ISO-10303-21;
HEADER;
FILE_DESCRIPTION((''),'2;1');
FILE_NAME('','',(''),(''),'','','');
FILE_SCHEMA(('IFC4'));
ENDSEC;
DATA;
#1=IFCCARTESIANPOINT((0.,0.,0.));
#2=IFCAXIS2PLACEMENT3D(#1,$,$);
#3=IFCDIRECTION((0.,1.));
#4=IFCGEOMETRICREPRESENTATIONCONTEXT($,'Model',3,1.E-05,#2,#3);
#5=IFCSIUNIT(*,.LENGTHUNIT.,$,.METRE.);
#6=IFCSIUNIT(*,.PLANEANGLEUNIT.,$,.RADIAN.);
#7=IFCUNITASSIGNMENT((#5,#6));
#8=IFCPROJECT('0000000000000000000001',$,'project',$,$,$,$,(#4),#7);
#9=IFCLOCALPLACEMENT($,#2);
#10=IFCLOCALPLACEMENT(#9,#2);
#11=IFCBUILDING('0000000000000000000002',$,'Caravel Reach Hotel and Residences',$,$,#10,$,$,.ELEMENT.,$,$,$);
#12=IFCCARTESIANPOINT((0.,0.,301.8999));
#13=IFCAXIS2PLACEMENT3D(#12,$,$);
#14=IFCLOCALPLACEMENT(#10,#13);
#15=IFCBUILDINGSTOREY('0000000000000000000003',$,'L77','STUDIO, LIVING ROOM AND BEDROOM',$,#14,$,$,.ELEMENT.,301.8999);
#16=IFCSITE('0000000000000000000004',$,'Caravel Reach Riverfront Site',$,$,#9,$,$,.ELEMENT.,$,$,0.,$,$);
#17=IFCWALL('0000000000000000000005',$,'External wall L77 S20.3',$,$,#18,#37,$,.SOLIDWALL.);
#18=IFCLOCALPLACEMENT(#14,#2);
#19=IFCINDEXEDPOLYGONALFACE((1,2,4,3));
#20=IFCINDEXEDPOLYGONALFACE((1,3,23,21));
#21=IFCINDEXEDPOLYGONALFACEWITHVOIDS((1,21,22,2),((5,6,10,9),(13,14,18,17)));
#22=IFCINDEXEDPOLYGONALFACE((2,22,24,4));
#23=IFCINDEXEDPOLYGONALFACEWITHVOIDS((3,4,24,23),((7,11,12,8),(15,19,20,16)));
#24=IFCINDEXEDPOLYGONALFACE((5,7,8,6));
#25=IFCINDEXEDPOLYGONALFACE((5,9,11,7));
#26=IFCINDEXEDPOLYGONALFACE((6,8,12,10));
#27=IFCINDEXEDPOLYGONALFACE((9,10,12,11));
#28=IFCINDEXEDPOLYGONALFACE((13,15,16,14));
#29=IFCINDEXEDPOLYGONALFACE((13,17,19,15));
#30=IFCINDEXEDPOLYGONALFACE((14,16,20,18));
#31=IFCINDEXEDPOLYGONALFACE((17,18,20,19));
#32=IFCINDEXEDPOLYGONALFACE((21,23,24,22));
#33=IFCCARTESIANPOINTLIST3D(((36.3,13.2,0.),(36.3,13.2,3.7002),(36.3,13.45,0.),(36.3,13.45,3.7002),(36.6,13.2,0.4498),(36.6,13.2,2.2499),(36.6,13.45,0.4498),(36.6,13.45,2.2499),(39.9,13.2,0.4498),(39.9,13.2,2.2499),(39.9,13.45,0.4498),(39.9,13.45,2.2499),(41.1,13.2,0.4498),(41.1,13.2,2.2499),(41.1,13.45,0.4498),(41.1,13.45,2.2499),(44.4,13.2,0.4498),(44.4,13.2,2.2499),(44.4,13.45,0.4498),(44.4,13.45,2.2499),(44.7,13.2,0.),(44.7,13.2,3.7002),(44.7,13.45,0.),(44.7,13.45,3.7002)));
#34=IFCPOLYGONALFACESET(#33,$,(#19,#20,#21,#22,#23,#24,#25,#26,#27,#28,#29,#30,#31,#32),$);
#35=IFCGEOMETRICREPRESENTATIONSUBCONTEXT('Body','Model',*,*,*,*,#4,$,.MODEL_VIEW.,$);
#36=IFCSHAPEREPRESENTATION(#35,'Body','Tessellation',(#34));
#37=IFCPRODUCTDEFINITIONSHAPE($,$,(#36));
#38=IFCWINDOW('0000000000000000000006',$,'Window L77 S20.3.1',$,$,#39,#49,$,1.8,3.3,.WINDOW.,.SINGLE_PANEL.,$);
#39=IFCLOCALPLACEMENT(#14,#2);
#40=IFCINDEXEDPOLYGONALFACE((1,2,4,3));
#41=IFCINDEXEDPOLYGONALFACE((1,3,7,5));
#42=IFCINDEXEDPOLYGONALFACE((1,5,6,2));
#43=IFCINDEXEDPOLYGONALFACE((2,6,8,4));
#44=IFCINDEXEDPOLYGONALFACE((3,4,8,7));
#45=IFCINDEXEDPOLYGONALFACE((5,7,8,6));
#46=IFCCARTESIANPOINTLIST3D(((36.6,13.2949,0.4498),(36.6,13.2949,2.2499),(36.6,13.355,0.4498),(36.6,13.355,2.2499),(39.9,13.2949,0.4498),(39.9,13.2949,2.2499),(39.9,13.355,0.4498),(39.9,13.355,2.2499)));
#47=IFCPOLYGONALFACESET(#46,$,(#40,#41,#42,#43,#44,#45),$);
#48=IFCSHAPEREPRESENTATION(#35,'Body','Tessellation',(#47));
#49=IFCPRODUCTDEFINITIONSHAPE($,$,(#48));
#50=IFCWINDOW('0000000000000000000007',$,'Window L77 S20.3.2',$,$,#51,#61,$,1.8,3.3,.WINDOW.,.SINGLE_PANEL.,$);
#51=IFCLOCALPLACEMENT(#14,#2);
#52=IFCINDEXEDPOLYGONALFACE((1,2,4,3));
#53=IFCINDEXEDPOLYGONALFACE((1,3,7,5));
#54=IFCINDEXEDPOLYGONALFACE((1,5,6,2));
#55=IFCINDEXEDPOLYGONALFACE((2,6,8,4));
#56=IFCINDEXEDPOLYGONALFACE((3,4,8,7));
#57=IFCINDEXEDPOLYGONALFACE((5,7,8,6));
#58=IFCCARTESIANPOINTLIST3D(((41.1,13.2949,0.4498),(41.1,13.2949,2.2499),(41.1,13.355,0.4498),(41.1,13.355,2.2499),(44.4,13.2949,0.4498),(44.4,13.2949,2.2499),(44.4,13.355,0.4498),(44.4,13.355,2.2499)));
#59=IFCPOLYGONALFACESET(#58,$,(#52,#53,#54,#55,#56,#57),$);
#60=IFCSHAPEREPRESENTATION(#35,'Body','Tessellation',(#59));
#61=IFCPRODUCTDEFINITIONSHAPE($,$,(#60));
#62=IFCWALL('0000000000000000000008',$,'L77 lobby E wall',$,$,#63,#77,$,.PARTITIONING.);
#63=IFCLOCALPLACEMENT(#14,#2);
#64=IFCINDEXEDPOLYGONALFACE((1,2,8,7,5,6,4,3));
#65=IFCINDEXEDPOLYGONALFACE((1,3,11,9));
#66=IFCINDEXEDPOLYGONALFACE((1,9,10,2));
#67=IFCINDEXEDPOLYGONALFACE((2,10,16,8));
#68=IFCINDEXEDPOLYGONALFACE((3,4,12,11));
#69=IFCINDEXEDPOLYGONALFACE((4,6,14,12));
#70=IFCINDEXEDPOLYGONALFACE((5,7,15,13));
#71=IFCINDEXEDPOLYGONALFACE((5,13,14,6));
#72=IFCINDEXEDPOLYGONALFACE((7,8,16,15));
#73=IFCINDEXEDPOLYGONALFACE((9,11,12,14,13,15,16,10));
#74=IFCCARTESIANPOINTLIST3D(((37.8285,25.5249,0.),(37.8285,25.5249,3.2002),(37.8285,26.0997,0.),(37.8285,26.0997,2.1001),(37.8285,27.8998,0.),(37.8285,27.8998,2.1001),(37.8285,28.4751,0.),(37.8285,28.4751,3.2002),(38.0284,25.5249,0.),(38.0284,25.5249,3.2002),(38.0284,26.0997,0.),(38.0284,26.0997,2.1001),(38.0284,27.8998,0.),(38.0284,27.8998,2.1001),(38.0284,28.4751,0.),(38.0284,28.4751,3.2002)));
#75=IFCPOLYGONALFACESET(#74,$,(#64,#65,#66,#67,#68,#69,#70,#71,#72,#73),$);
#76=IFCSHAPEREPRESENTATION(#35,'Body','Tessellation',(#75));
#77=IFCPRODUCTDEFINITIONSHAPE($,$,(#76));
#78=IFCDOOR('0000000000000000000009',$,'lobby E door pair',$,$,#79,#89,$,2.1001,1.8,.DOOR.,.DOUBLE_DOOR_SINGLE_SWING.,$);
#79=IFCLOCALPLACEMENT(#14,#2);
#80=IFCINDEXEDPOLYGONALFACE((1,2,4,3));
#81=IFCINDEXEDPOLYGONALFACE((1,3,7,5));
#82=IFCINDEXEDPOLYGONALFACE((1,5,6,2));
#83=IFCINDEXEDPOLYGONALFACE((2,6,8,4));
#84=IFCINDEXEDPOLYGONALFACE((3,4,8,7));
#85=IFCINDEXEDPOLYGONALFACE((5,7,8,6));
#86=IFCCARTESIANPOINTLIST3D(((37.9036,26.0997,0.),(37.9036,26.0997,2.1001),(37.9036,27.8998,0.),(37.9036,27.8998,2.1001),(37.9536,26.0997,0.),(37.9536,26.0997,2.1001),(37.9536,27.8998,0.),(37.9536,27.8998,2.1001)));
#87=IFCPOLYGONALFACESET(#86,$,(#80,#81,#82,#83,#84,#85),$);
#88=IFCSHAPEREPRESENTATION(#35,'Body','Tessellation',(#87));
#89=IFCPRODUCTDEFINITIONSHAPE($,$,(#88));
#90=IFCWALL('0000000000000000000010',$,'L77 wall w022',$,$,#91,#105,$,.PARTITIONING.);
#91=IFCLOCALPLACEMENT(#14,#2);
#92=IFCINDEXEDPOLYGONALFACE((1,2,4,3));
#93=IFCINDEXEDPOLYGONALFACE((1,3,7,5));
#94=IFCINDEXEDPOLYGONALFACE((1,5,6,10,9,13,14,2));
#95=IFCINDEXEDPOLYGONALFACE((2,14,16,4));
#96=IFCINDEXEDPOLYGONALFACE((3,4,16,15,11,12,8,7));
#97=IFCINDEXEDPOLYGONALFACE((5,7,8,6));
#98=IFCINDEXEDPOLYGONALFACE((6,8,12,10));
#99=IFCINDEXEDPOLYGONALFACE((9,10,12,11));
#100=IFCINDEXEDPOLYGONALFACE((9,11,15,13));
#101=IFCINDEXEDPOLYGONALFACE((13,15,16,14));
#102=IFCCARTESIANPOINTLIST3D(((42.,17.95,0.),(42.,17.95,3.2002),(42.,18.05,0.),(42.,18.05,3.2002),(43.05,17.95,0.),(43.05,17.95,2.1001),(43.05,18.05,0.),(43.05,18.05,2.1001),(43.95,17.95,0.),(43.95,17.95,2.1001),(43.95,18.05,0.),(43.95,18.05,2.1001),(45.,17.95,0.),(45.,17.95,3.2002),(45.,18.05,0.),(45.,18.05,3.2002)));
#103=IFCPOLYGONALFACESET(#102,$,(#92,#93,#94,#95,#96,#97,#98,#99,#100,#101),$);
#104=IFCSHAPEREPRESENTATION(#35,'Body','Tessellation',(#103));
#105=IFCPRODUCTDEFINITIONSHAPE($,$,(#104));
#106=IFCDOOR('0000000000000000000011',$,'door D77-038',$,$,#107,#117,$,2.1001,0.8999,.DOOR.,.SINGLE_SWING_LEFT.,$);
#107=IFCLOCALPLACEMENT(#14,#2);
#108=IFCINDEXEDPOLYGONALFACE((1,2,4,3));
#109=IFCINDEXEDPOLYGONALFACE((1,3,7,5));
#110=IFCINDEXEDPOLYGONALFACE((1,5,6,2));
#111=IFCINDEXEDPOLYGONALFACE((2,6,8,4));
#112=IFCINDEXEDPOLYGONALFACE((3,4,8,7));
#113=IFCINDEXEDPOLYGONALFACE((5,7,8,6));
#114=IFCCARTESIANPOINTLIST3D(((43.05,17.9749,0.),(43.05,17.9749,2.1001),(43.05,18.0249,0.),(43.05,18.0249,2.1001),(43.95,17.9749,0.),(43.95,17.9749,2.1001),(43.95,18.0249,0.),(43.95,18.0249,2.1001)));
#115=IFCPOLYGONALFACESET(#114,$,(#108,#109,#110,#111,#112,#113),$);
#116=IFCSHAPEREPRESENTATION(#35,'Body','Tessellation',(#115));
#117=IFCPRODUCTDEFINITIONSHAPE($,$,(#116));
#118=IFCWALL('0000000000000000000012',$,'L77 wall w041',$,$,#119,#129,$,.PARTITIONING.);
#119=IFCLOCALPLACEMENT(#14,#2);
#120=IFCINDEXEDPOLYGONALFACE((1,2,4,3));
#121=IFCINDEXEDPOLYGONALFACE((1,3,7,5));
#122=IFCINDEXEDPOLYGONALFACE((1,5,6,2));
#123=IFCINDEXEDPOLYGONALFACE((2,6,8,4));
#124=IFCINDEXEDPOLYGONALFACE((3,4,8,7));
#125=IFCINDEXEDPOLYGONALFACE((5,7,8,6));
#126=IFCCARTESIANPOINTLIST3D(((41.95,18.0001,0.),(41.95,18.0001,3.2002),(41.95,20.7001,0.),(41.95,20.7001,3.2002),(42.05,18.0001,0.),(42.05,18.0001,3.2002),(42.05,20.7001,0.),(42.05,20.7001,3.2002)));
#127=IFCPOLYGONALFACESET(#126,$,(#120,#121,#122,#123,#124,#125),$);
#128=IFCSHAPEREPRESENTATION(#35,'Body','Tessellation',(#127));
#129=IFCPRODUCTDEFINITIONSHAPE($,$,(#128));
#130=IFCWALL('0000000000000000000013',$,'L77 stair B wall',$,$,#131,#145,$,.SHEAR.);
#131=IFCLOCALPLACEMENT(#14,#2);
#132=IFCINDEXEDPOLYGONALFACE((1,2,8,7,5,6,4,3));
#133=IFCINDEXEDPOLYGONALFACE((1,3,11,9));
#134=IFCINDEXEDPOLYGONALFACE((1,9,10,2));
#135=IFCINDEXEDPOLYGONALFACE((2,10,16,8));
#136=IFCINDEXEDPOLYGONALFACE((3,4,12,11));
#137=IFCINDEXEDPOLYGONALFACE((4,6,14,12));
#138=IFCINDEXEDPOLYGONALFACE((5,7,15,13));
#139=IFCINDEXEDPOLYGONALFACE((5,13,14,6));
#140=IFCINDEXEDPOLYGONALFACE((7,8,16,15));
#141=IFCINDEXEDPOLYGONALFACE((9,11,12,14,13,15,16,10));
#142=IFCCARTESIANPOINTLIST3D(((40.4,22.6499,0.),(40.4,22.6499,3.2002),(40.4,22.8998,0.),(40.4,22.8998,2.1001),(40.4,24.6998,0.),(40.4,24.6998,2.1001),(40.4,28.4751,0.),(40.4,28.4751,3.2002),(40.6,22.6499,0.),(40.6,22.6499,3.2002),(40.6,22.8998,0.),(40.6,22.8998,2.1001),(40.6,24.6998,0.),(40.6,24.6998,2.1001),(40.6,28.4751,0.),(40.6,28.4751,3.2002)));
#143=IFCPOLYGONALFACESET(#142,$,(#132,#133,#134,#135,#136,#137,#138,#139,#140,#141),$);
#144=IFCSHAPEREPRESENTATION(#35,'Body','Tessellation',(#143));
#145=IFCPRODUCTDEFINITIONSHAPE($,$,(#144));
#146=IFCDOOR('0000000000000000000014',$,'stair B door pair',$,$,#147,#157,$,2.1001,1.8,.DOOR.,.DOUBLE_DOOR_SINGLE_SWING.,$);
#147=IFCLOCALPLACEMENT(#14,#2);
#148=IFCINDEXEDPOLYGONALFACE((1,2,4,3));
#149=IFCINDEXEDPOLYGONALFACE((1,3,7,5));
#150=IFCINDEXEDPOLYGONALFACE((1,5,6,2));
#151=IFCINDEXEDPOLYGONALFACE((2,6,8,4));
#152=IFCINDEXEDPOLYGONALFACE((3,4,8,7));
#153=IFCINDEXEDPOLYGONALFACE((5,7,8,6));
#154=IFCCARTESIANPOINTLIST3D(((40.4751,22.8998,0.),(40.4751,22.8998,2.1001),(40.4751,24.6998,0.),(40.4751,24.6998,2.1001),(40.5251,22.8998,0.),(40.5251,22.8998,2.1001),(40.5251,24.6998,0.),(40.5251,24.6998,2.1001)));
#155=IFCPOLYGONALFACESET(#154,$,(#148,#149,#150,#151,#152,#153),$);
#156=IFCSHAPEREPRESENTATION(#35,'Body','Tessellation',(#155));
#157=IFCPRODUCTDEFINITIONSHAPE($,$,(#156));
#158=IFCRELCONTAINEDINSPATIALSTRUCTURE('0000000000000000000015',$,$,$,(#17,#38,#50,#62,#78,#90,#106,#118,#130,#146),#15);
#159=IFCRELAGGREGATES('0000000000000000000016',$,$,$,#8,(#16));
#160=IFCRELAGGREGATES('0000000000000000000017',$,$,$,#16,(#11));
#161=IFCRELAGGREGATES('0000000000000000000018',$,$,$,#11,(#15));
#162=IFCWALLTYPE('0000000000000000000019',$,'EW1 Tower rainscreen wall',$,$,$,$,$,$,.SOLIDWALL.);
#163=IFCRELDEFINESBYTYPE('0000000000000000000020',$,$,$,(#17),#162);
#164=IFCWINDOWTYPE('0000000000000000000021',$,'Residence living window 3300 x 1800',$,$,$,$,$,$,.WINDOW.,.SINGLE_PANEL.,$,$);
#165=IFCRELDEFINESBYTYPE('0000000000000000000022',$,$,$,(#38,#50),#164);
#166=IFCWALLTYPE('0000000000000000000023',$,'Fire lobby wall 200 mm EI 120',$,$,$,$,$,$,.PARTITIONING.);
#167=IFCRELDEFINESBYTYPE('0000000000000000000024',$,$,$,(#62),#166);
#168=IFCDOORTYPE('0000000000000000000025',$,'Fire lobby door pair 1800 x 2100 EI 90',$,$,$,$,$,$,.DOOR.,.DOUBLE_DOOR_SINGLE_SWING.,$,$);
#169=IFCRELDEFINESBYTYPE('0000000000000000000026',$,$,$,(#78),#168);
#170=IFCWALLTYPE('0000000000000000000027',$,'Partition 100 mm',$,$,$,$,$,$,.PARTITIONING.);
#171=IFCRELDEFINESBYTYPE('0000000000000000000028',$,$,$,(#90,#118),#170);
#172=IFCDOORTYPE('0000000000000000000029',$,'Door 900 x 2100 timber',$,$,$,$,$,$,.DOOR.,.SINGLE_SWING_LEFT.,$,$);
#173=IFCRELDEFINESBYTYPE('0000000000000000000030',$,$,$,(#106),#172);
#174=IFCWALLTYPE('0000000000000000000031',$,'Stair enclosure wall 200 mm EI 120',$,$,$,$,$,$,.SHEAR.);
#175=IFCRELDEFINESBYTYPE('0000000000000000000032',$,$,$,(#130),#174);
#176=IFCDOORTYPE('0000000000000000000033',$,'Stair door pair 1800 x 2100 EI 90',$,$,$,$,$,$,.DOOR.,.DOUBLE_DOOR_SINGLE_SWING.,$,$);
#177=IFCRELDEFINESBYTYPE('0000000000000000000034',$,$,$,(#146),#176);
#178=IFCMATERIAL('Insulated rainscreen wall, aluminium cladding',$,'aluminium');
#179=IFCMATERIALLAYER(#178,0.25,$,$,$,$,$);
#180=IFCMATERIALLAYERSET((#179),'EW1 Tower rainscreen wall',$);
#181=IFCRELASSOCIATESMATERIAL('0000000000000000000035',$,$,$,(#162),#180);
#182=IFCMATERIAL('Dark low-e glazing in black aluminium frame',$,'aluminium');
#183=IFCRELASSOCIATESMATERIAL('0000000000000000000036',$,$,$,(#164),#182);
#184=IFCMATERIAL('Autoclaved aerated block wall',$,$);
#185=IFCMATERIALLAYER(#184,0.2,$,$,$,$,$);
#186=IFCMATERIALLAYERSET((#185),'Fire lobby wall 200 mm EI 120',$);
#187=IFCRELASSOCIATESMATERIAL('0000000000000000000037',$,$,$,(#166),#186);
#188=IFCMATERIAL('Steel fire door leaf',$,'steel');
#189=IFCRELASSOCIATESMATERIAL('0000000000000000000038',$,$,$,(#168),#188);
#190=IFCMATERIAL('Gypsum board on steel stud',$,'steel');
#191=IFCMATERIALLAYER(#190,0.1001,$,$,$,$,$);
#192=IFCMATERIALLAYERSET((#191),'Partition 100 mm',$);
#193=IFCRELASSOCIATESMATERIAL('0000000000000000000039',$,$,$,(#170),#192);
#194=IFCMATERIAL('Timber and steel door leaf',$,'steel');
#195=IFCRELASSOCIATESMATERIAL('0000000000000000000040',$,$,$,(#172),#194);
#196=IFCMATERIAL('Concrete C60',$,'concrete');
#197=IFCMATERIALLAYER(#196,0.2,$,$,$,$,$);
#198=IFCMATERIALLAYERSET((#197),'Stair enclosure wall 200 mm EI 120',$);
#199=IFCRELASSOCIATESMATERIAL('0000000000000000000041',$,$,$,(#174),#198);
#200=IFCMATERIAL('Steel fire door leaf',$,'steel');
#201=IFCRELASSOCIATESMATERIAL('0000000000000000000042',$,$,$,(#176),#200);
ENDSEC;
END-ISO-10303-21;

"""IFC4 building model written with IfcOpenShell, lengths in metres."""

from ifc_helpers import new_model, si_unit, direction, frame, frame_2d, origin, place, context, subcontext, project, spatial, rectangle, extrude, material, layer, layer_set, type_object, element, fill, save


model = new_model("IFC4")

# Units and contexts
model_context = context("Model", 3, precision=1e-05, world=origin(), true_north=direction((0.0, 1.0)))
body_context = subcontext(model_context, "Body", "Model", "MODEL_VIEW")
ifc_project = project(units=[si_unit("LENGTHUNIT", "METRE"), si_unit("PLANEANGLEUNIT", "RADIAN")], contexts=[model_context])

# Site, building, storey
site_placement = place(None, origin())
site = spatial("IfcSite", under=ifc_project, at=site_placement, Name="Caravel Reach Riverfront Site", CompositionType="ELEMENT", RefElevation=0.0)
building_placement = place(site_placement, origin())
building = spatial("IfcBuilding", under=site, at=building_placement, Name="Caravel Reach Hotel and Residences", CompositionType="ELEMENT")
storey_placement = place(building_placement, frame((0.0, 0.0, 301.8999)))
storey = spatial("IfcBuildingStorey", under=building, at=storey_placement, Name="L77", Description="STUDIO, LIVING ROOM AND BEDROOM", CompositionType="ELEMENT", Elevation=301.8999)

# Wall, openings, windows
ifc_material_1 = material(Name="Insulated rainscreen wall, aluminium cladding", Category="aluminium")
ifc_layer_1 = layer(ifc_material_1, 0.25)
ifc_layer_set_1 = layer_set([ifc_layer_1], Name="EW1 Tower rainscreen wall")
wall_type_1 = type_object("IfcWallType", Name="EW1 Tower rainscreen wall", PredefinedType="SOLIDWALL", material=ifc_layer_set_1)
wall_1_placement = place(storey_placement, frame((36.3, 13.325, 0.0), z_axis=(0.0, 0.0, 1.0), x_axis=(1.0, 0.0, 0.0)))
wall_1 = element("IfcWall", 1, at=wall_1_placement, inside=storey, type_object=wall_type_1, Name="External wall L77 S20.3", PredefinedType="SOLIDWALL", context=body_context, shape_type="SweptSolid", body=[
    extrude(rectangle(XDim=8.3999, YDim=0.25, at=frame_2d((4.2, 0.0))), origin(), (0.0, 0.0, 1.0), 3.7002),
])
opening_1_placement = place(wall_1_placement, frame((0.3, 0.0, 0.45)))
opening_1 = element("IfcOpeningElement", 2, at=opening_1_placement, cuts=wall_1, PredefinedType="OPENING", context=body_context, shape_type="SweptSolid", body=[
    extrude(rectangle(XDim=3.3, YDim=1.8, at=frame_2d((1.6499, 0.8999))), frame((0.0, 0.135, 0.0), z_axis=(0.0, -1.0, 0.0), x_axis=(1.0, 0.0, 0.0)), (0.0, 0.0, 1.0), 0.27),
])
opening_2_placement = place(wall_1_placement, frame((4.8, 0.0, 0.45)))
opening_2 = element("IfcOpeningElement", 3, at=opening_2_placement, cuts=wall_1, PredefinedType="OPENING", context=body_context, shape_type="SweptSolid", body=[
    extrude(rectangle(XDim=3.3, YDim=1.8, at=frame_2d((1.6499, 0.8999))), frame((0.0, 0.135, 0.0), z_axis=(0.0, -1.0, 0.0), x_axis=(1.0, 0.0, 0.0)), (0.0, 0.0, 1.0), 0.27),
])
ifc_material_2 = material(Name="Dark low-e glazing in black aluminium frame", Category="aluminium")
window_type = type_object("IfcWindowType", Name="Residence living window 3300 x 1800", PartitioningType="SINGLE_PANEL", PredefinedType="WINDOW", material=ifc_material_2)
window_1_placement = place(opening_1_placement, origin())
window_1 = element("IfcWindow", 4, at=window_1_placement, inside=storey, type_object=window_type, Name="Window L77 S20.3.1", OverallHeight=1.8, OverallWidth=3.3, PartitioningType="SINGLE_PANEL", PredefinedType="WINDOW", context=body_context, shape_type="SweptSolid", body=[
    extrude(rectangle(XDim=3.3, YDim=1.8, at=frame_2d((1.6499, 0.8999))), frame((0.0, 0.03, 0.0), z_axis=(0.0, -1.0, 0.0), x_axis=(1.0, 0.0, 0.0)), (0.0, 0.0, 1.0), 0.0601),
])
fill(opening_1, window_1)
window_2_placement = place(opening_2_placement, origin())
window_2 = element("IfcWindow", 5, at=window_2_placement, inside=storey, type_object=window_type, Name="Window L77 S20.3.2", OverallHeight=1.8, OverallWidth=3.3, PartitioningType="SINGLE_PANEL", PredefinedType="WINDOW", context=body_context, shape_type="SweptSolid", body=[
    extrude(rectangle(XDim=3.3, YDim=1.8, at=frame_2d((1.6499, 0.8999))), frame((0.0, 0.03, 0.0), z_axis=(0.0, -1.0, 0.0), x_axis=(1.0, 0.0, 0.0)), (0.0, 0.0, 1.0), 0.0601),
])
fill(opening_2, window_2)

# Walls, openings, doors
ifc_material_3 = material(Name="Autoclaved aerated block wall")
ifc_layer_2 = layer(ifc_material_3, 0.2)
ifc_layer_set_2 = layer_set([ifc_layer_2], Name="Fire lobby wall 200 mm EI 120")
wall_type_2 = type_object("IfcWallType", Name="Fire lobby wall 200 mm EI 120", PredefinedType="PARTITIONING", material=ifc_layer_set_2)
wall_2_placement = place(storey_placement, frame((37.9285, 25.5249, 0.0), z_axis=(0.0, 0.0, 1.0), x_axis=(0.0, 1.0, 0.0)))
wall_2 = element("IfcWall", 6, at=wall_2_placement, inside=storey, type_object=wall_type_2, Name="L77 lobby E wall", PredefinedType="PARTITIONING", context=body_context, shape_type="SweptSolid", body=[
    extrude(rectangle(XDim=2.9502, YDim=0.2, at=frame_2d((1.4751, 0.0))), origin(), (0.0, 0.0, 1.0), 3.2002),
])
opening_3_placement = place(wall_2_placement, frame((0.575, 0.0, 0.0)))
opening_3 = element("IfcOpeningElement", 7, at=opening_3_placement, cuts=wall_2, PredefinedType="OPENING", context=body_context, shape_type="SweptSolid", body=[
    extrude(rectangle(XDim=1.8, YDim=2.1001, at=frame_2d((0.8999, 1.05))), frame((0.0, 0.1099, 0.0), z_axis=(0.0, -1.0, 0.0), x_axis=(1.0, 0.0, 0.0)), (0.0, 0.0, 1.0), 0.22),
])
ifc_material_4 = material(Name="Steel fire door leaf", Category="steel")
door_type_1 = type_object("IfcDoorType", Name="Fire lobby door pair 1800 x 2100 EI 90", OperationType="DOUBLE_DOOR_SINGLE_SWING", PredefinedType="DOOR", material=ifc_material_4)
door_1_placement = place(opening_3_placement, origin())
door_1 = element("IfcDoor", 8, at=door_1_placement, inside=storey, type_object=door_type_1, Name="lobby E door pair", OperationType="DOUBLE_DOOR_SINGLE_SWING", OverallHeight=2.1001, OverallWidth=1.8, PredefinedType="DOOR", context=body_context, shape_type="SweptSolid", body=[
    extrude(rectangle(XDim=1.8, YDim=2.1001, at=frame_2d((0.8999, 1.05))), frame((0.0, 0.0249, 0.0), z_axis=(0.0, -1.0, 0.0), x_axis=(1.0, 0.0, 0.0)), (0.0, 0.0, 1.0), 0.05),
])
fill(opening_3, door_1)
ifc_material_5 = material(Name="Gypsum board on steel stud", Category="steel")
ifc_layer_3 = layer(ifc_material_5, 0.1001)
ifc_layer_set_3 = layer_set([ifc_layer_3], Name="Partition 100 mm")
wall_type_3 = type_object("IfcWallType", Name="Partition 100 mm", PredefinedType="PARTITIONING", material=ifc_layer_set_3)
wall_3_placement = place(storey_placement, frame((42.0, 18.0, 0.0), z_axis=(0.0, 0.0, 1.0), x_axis=(1.0, 0.0, 0.0)))
wall_3 = element("IfcWall", 9, at=wall_3_placement, inside=storey, type_object=wall_type_3, Name="L77 wall w022", PredefinedType="PARTITIONING", context=body_context, shape_type="SweptSolid", body=[
    extrude(rectangle(XDim=3.0, YDim=0.1001, at=frame_2d((1.5, 0.0))), origin(), (0.0, 0.0, 1.0), 3.2002),
])
opening_4_placement = place(wall_3_placement, frame((1.05, 0.0, 0.0)))
opening_4 = element("IfcOpeningElement", 10, at=opening_4_placement, cuts=wall_3, PredefinedType="OPENING", context=body_context, shape_type="SweptSolid", body=[
    extrude(rectangle(XDim=0.8999, YDim=2.1001, at=frame_2d((0.45, 1.05))), frame((0.0, 0.0601, 0.0), z_axis=(0.0, -1.0, 0.0), x_axis=(1.0, 0.0, 0.0)), (0.0, 0.0, 1.0), 0.1201),
])
ifc_material_6 = material(Name="Timber and steel door leaf", Category="steel")
door_type_2 = type_object("IfcDoorType", Name="Door 900 x 2100 timber", OperationType="SINGLE_SWING_LEFT", PredefinedType="DOOR", material=ifc_material_6)
door_2_placement = place(opening_4_placement, origin())
door_2 = element("IfcDoor", 11, at=door_2_placement, inside=storey, type_object=door_type_2, Name="door D77-038", OperationType="SINGLE_SWING_LEFT", OverallHeight=2.1001, OverallWidth=0.8999, PredefinedType="DOOR", context=body_context, shape_type="SweptSolid", body=[
    extrude(rectangle(XDim=0.8999, YDim=2.1001, at=frame_2d((0.45, 1.05))), frame((0.0, 0.0249, 0.0), z_axis=(0.0, -1.0, 0.0), x_axis=(1.0, 0.0, 0.0)), (0.0, 0.0, 1.0), 0.05),
])
fill(opening_4, door_2)

# Wall
wall_4_placement = place(storey_placement, frame((42.0, 18.0, 0.0), z_axis=(0.0, 0.0, 1.0), x_axis=(0.0, 1.0, 0.0)))
element("IfcWall", 12, at=wall_4_placement, inside=storey, type_object=wall_type_3, Name="L77 wall w041", PredefinedType="PARTITIONING", context=body_context, shape_type="SweptSolid", body=[
    extrude(rectangle(XDim=2.7, YDim=0.1001, at=frame_2d((1.3501, 0.0))), origin(), (0.0, 0.0, 1.0), 3.2002),
])

# Wall, opening, door
ifc_material_7 = material(Name="Concrete C60", Category="concrete")
ifc_layer_4 = layer(ifc_material_7, 0.2)
ifc_layer_set_4 = layer_set([ifc_layer_4], Name="Stair enclosure wall 200 mm EI 120")
wall_type_4 = type_object("IfcWallType", Name="Stair enclosure wall 200 mm EI 120", PredefinedType="SHEAR", material=ifc_layer_set_4)
wall_5_placement = place(storey_placement, frame((40.5, 22.6499, 0.0), z_axis=(0.0, 0.0, 1.0), x_axis=(0.0, 1.0, 0.0)))
wall_5 = element("IfcWall", 13, at=wall_5_placement, inside=storey, type_object=wall_type_4, Name="L77 stair B wall", PredefinedType="SHEAR", context=body_context, shape_type="SweptSolid", body=[
    extrude(rectangle(XDim=5.8252, YDim=0.2, at=frame_2d((2.9126, 0.0))), origin(), (0.0, 0.0, 1.0), 3.2002),
])
opening_5_placement = place(wall_5_placement, frame((0.25, 0.0, 0.0)))
opening_5 = element("IfcOpeningElement", 14, at=opening_5_placement, cuts=wall_5, PredefinedType="OPENING", context=body_context, shape_type="SweptSolid", body=[
    extrude(rectangle(XDim=1.8, YDim=2.1001, at=frame_2d((0.8999, 1.05))), frame((0.0, 0.1099, 0.0), z_axis=(0.0, -1.0, 0.0), x_axis=(1.0, 0.0, 0.0)), (0.0, 0.0, 1.0), 0.22),
])
ifc_material_8 = material(Name="Steel fire door leaf", Category="steel")
door_type_3 = type_object("IfcDoorType", Name="Stair door pair 1800 x 2100 EI 90", OperationType="DOUBLE_DOOR_SINGLE_SWING", PredefinedType="DOOR", material=ifc_material_8)
door_3_placement = place(opening_5_placement, origin())
door_3 = element("IfcDoor", 15, at=door_3_placement, inside=storey, type_object=door_type_3, Name="stair B door pair", OperationType="DOUBLE_DOOR_SINGLE_SWING", OverallHeight=2.1001, OverallWidth=1.8, PredefinedType="DOOR", context=body_context, shape_type="SweptSolid", body=[
    extrude(rectangle(XDim=1.8, YDim=2.1001, at=frame_2d((0.8999, 1.05))), frame((0.0, 0.0249, 0.0), z_axis=(0.0, -1.0, 0.0), x_axis=(1.0, 0.0, 0.0)), (0.0, 0.0, 1.0), 0.05),
])
fill(opening_5, door_3)

save(model, "model.ifc")
